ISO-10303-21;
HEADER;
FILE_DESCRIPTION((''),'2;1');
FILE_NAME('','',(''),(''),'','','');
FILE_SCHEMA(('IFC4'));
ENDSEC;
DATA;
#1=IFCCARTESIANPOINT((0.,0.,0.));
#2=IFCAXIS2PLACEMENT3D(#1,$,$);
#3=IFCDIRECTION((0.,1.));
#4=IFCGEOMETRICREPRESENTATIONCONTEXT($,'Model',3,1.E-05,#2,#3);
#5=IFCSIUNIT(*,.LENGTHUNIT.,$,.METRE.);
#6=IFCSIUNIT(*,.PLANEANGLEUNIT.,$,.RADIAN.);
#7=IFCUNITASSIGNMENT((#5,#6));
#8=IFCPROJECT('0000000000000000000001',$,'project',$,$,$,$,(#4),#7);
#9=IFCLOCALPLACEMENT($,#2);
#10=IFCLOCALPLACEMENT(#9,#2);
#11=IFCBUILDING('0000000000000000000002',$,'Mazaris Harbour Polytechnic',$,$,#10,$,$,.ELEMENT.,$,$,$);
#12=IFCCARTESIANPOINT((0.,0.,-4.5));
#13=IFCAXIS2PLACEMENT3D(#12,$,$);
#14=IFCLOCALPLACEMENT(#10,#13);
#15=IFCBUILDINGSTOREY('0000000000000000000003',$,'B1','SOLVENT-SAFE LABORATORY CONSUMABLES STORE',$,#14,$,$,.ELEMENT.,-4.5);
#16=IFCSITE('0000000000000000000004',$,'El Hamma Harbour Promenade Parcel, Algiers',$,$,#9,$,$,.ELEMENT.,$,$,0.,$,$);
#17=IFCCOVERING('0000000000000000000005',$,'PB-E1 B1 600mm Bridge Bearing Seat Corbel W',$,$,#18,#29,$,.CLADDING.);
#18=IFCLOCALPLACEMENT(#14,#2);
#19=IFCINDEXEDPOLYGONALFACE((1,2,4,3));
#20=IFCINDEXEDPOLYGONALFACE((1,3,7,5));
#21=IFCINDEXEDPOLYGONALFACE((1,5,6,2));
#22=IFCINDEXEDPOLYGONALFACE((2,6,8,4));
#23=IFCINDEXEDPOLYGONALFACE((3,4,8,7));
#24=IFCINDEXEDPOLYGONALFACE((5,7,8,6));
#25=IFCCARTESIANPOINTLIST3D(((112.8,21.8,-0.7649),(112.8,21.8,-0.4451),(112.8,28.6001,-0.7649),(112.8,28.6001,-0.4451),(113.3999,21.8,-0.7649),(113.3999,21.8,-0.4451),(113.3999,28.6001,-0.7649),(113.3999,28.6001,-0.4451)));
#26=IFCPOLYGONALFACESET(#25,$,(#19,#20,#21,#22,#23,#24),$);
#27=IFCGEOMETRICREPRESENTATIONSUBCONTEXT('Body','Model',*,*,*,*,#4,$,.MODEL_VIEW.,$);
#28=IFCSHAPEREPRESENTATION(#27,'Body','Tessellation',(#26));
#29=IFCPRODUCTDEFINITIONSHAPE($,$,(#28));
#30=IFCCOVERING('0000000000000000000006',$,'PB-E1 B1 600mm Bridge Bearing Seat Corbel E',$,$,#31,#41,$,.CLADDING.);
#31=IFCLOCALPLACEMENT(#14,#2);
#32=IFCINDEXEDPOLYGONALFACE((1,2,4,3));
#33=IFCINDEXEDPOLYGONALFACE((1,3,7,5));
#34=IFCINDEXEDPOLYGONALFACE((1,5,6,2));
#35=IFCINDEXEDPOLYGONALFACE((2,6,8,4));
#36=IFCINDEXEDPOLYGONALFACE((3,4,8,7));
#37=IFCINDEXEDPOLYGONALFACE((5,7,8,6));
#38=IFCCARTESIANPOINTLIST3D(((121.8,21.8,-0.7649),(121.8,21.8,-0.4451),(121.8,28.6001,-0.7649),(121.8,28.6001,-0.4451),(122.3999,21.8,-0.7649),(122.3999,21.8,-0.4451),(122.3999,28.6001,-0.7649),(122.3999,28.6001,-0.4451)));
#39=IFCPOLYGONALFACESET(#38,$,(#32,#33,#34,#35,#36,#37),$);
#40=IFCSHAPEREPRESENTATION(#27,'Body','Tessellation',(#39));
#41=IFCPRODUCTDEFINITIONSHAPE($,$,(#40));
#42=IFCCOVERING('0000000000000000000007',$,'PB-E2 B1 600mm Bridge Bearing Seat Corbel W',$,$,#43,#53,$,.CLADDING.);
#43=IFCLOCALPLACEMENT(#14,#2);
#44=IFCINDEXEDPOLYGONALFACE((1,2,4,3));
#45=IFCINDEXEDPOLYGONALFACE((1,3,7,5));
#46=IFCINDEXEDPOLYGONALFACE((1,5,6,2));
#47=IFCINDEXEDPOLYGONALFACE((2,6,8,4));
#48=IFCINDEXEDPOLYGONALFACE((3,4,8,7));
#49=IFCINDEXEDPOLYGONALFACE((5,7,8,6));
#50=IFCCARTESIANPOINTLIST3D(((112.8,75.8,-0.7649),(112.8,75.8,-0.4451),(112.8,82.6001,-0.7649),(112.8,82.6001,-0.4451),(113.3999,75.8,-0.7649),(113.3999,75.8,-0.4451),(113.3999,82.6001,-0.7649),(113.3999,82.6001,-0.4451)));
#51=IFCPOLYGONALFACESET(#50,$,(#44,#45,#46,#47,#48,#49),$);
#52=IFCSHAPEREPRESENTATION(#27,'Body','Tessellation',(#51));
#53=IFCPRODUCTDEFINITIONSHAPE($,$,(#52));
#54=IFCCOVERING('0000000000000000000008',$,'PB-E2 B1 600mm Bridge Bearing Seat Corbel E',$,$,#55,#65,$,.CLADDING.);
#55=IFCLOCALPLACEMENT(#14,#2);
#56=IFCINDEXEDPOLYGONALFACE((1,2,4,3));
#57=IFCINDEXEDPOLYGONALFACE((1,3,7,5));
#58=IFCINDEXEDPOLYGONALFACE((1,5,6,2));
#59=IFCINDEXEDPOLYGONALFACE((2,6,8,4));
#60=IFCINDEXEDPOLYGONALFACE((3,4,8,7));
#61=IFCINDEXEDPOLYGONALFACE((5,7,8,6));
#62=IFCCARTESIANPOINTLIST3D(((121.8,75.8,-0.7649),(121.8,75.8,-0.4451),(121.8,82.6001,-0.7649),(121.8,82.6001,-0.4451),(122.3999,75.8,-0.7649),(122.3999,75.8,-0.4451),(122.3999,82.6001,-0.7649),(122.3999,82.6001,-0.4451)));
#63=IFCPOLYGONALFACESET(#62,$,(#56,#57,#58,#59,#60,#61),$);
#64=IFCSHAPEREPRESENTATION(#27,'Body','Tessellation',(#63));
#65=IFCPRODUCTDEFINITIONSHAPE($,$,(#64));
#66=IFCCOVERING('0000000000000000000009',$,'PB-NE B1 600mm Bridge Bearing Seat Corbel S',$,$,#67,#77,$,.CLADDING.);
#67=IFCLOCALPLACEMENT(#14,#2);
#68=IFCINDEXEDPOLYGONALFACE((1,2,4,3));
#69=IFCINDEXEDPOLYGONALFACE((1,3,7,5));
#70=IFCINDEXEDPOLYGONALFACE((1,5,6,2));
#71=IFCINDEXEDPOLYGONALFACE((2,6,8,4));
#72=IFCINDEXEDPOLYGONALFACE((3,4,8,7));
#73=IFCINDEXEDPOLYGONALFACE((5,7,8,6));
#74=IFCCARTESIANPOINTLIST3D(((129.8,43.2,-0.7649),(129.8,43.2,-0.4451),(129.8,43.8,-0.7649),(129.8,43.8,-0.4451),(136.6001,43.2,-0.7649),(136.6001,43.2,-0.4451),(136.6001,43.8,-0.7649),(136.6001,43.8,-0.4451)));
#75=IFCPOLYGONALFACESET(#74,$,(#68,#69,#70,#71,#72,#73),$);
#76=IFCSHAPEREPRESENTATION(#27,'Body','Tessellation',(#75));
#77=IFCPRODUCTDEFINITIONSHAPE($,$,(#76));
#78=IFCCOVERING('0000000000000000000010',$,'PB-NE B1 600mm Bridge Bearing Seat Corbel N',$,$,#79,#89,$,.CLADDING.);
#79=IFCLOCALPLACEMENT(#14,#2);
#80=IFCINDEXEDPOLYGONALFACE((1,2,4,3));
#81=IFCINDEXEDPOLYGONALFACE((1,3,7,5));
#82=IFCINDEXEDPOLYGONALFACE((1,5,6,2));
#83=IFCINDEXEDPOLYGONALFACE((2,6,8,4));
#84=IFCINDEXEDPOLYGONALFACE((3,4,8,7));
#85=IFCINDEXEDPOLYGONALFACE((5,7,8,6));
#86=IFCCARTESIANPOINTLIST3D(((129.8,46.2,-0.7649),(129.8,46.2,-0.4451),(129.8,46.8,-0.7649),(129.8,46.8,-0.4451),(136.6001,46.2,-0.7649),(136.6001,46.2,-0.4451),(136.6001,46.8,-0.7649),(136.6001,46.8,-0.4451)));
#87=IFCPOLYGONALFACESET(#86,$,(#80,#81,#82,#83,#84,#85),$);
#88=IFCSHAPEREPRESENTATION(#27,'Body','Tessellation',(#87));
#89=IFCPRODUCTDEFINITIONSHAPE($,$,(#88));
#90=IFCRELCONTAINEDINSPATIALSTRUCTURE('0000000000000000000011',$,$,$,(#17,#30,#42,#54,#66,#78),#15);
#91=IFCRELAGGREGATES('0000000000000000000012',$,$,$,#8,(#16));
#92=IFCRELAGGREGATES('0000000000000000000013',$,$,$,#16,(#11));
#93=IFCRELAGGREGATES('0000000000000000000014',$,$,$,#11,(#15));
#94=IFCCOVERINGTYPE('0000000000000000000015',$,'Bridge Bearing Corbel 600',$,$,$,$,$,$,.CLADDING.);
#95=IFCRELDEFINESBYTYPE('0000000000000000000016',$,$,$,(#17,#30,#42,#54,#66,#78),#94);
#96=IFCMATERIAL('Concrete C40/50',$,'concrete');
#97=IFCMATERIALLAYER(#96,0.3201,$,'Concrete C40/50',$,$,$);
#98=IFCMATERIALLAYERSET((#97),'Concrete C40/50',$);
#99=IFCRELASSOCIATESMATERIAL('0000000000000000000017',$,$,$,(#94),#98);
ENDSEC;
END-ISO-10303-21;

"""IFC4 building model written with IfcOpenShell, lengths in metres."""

from ifc_helpers import new_model, si_unit, direction, frame, origin, place, context, subcontext, project, spatial, polyline, outline, extrude, material, layer, layer_set, type_object, element, save


model = new_model("IFC4")

# Units and contexts
model_context = context("Model", 3, precision=1e-05, world=origin(), true_north=direction((0.0, 1.0)))
body_context = subcontext(model_context, "Body", "Model", "MODEL_VIEW")
ifc_project = project(units=[si_unit("LENGTHUNIT", "METRE"), si_unit("PLANEANGLEUNIT", "RADIAN")], contexts=[model_context])

# Site, building, storey
site_placement = place(None, origin())
site = spatial("IfcSite", under=ifc_project, at=site_placement, Name="El Hamma Harbour Promenade Parcel, Algiers", CompositionType="ELEMENT", RefElevation=0.0)
building_placement = place(site_placement, origin())
building = spatial("IfcBuilding", under=site, at=building_placement, Name="Mazaris Harbour Polytechnic", CompositionType="ELEMENT")
storey_placement = place(building_placement, frame((0.0, 0.0, -4.5)))
storey = spatial("IfcBuildingStorey", under=building, at=storey_placement, Name="B1", Description="SOLVENT-SAFE LABORATORY CONSUMABLES STORE", CompositionType="ELEMENT", Elevation=-4.5)

# Coverings
ifc_material_1 = material(Name="Concrete C40/50", Category="concrete")
ifc_layer_1 = layer(ifc_material_1, 0.3201, Name="Concrete C40/50")
ifc_layer_set_1 = layer_set([ifc_layer_1], Name="Concrete C40/50")
covering_type = type_object("IfcCoveringType", Name="Bridge Bearing Corbel 600", PredefinedType="CLADDING", material=ifc_layer_set_1)
covering_1_placement = place(storey_placement, frame((0.0, 0.0, -0.7649)))
element("IfcCovering", 1, at=covering_1_placement, inside=storey, type_object=covering_type, Name="PB-E1 B1 600mm Bridge Bearing Seat Corbel W", PredefinedType="CLADDING", context=body_context, shape_type="SweptSolid", body=[
    extrude(outline(polyline([(112.8, 21.8), (113.3999, 21.8), (113.3999, 28.6001), (112.8, 28.6001), (112.8, 21.8)])), origin(), (0.0, 0.0, 1.0), 0.3198),
])
covering_2_placement = place(storey_placement, frame((0.0, 0.0, -0.7649)))
element("IfcCovering", 2, at=covering_2_placement, inside=storey, type_object=covering_type, Name="PB-E1 B1 600mm Bridge Bearing Seat Corbel E", PredefinedType="CLADDING", context=body_context, shape_type="SweptSolid", body=[
    extrude(outline(polyline([(121.8, 21.8), (122.3999, 21.8), (122.3999, 28.6001), (121.8, 28.6001), (121.8, 21.8)])), origin(), (0.0, 0.0, 1.0), 0.3198),
])
covering_3_placement = place(storey_placement, frame((0.0, 0.0, -0.7649)))
element("IfcCovering", 3, at=covering_3_placement, inside=storey, type_object=covering_type, Name="PB-E2 B1 600mm Bridge Bearing Seat Corbel W", PredefinedType="CLADDING", context=body_context, shape_type="SweptSolid", body=[
    extrude(outline(polyline([(112.8, 75.8), (113.3999, 75.8), (113.3999, 82.6001), (112.8, 82.6001), (112.8, 75.8)])), origin(), (0.0, 0.0, 1.0), 0.3198),
])
covering_4_placement = place(storey_placement, frame((0.0, 0.0, -0.7649)))
element("IfcCovering", 4, at=covering_4_placement, inside=storey, type_object=covering_type, Name="PB-E2 B1 600mm Bridge Bearing Seat Corbel E", PredefinedType="CLADDING", context=body_context, shape_type="SweptSolid", body=[
    extrude(outline(polyline([(121.8, 75.8), (122.3999, 75.8), (122.3999, 82.6001), (121.8, 82.6001), (121.8, 75.8)])), origin(), (0.0, 0.0, 1.0), 0.3198),
])
covering_5_placement = place(storey_placement, frame((0.0, 0.0, -0.7649)))
element("IfcCovering", 5, at=covering_5_placement, inside=storey, type_object=covering_type, Name="PB-NE B1 600mm Bridge Bearing Seat Corbel S", PredefinedType="CLADDING", context=body_context, shape_type="SweptSolid", body=[
    extrude(outline(polyline([(129.8, 43.2), (136.6001, 43.2), (136.6001, 43.8), (129.8, 43.8), (129.8, 43.2)])), origin(), (0.0, 0.0, 1.0), 0.3198),
])
covering_6_placement = place(storey_placement, frame((0.0, 0.0, -0.7649)))
element("IfcCovering", 6, at=covering_6_placement, inside=storey, type_object=covering_type, Name="PB-NE B1 600mm Bridge Bearing Seat Corbel N", PredefinedType="CLADDING", context=body_context, shape_type="SweptSolid", body=[
    extrude(outline(polyline([(129.8, 46.2), (136.6001, 46.2), (136.6001, 46.8), (129.8, 46.8), (129.8, 46.2)])), origin(), (0.0, 0.0, 1.0), 0.3198),
])

save(model, "model.ifc")
